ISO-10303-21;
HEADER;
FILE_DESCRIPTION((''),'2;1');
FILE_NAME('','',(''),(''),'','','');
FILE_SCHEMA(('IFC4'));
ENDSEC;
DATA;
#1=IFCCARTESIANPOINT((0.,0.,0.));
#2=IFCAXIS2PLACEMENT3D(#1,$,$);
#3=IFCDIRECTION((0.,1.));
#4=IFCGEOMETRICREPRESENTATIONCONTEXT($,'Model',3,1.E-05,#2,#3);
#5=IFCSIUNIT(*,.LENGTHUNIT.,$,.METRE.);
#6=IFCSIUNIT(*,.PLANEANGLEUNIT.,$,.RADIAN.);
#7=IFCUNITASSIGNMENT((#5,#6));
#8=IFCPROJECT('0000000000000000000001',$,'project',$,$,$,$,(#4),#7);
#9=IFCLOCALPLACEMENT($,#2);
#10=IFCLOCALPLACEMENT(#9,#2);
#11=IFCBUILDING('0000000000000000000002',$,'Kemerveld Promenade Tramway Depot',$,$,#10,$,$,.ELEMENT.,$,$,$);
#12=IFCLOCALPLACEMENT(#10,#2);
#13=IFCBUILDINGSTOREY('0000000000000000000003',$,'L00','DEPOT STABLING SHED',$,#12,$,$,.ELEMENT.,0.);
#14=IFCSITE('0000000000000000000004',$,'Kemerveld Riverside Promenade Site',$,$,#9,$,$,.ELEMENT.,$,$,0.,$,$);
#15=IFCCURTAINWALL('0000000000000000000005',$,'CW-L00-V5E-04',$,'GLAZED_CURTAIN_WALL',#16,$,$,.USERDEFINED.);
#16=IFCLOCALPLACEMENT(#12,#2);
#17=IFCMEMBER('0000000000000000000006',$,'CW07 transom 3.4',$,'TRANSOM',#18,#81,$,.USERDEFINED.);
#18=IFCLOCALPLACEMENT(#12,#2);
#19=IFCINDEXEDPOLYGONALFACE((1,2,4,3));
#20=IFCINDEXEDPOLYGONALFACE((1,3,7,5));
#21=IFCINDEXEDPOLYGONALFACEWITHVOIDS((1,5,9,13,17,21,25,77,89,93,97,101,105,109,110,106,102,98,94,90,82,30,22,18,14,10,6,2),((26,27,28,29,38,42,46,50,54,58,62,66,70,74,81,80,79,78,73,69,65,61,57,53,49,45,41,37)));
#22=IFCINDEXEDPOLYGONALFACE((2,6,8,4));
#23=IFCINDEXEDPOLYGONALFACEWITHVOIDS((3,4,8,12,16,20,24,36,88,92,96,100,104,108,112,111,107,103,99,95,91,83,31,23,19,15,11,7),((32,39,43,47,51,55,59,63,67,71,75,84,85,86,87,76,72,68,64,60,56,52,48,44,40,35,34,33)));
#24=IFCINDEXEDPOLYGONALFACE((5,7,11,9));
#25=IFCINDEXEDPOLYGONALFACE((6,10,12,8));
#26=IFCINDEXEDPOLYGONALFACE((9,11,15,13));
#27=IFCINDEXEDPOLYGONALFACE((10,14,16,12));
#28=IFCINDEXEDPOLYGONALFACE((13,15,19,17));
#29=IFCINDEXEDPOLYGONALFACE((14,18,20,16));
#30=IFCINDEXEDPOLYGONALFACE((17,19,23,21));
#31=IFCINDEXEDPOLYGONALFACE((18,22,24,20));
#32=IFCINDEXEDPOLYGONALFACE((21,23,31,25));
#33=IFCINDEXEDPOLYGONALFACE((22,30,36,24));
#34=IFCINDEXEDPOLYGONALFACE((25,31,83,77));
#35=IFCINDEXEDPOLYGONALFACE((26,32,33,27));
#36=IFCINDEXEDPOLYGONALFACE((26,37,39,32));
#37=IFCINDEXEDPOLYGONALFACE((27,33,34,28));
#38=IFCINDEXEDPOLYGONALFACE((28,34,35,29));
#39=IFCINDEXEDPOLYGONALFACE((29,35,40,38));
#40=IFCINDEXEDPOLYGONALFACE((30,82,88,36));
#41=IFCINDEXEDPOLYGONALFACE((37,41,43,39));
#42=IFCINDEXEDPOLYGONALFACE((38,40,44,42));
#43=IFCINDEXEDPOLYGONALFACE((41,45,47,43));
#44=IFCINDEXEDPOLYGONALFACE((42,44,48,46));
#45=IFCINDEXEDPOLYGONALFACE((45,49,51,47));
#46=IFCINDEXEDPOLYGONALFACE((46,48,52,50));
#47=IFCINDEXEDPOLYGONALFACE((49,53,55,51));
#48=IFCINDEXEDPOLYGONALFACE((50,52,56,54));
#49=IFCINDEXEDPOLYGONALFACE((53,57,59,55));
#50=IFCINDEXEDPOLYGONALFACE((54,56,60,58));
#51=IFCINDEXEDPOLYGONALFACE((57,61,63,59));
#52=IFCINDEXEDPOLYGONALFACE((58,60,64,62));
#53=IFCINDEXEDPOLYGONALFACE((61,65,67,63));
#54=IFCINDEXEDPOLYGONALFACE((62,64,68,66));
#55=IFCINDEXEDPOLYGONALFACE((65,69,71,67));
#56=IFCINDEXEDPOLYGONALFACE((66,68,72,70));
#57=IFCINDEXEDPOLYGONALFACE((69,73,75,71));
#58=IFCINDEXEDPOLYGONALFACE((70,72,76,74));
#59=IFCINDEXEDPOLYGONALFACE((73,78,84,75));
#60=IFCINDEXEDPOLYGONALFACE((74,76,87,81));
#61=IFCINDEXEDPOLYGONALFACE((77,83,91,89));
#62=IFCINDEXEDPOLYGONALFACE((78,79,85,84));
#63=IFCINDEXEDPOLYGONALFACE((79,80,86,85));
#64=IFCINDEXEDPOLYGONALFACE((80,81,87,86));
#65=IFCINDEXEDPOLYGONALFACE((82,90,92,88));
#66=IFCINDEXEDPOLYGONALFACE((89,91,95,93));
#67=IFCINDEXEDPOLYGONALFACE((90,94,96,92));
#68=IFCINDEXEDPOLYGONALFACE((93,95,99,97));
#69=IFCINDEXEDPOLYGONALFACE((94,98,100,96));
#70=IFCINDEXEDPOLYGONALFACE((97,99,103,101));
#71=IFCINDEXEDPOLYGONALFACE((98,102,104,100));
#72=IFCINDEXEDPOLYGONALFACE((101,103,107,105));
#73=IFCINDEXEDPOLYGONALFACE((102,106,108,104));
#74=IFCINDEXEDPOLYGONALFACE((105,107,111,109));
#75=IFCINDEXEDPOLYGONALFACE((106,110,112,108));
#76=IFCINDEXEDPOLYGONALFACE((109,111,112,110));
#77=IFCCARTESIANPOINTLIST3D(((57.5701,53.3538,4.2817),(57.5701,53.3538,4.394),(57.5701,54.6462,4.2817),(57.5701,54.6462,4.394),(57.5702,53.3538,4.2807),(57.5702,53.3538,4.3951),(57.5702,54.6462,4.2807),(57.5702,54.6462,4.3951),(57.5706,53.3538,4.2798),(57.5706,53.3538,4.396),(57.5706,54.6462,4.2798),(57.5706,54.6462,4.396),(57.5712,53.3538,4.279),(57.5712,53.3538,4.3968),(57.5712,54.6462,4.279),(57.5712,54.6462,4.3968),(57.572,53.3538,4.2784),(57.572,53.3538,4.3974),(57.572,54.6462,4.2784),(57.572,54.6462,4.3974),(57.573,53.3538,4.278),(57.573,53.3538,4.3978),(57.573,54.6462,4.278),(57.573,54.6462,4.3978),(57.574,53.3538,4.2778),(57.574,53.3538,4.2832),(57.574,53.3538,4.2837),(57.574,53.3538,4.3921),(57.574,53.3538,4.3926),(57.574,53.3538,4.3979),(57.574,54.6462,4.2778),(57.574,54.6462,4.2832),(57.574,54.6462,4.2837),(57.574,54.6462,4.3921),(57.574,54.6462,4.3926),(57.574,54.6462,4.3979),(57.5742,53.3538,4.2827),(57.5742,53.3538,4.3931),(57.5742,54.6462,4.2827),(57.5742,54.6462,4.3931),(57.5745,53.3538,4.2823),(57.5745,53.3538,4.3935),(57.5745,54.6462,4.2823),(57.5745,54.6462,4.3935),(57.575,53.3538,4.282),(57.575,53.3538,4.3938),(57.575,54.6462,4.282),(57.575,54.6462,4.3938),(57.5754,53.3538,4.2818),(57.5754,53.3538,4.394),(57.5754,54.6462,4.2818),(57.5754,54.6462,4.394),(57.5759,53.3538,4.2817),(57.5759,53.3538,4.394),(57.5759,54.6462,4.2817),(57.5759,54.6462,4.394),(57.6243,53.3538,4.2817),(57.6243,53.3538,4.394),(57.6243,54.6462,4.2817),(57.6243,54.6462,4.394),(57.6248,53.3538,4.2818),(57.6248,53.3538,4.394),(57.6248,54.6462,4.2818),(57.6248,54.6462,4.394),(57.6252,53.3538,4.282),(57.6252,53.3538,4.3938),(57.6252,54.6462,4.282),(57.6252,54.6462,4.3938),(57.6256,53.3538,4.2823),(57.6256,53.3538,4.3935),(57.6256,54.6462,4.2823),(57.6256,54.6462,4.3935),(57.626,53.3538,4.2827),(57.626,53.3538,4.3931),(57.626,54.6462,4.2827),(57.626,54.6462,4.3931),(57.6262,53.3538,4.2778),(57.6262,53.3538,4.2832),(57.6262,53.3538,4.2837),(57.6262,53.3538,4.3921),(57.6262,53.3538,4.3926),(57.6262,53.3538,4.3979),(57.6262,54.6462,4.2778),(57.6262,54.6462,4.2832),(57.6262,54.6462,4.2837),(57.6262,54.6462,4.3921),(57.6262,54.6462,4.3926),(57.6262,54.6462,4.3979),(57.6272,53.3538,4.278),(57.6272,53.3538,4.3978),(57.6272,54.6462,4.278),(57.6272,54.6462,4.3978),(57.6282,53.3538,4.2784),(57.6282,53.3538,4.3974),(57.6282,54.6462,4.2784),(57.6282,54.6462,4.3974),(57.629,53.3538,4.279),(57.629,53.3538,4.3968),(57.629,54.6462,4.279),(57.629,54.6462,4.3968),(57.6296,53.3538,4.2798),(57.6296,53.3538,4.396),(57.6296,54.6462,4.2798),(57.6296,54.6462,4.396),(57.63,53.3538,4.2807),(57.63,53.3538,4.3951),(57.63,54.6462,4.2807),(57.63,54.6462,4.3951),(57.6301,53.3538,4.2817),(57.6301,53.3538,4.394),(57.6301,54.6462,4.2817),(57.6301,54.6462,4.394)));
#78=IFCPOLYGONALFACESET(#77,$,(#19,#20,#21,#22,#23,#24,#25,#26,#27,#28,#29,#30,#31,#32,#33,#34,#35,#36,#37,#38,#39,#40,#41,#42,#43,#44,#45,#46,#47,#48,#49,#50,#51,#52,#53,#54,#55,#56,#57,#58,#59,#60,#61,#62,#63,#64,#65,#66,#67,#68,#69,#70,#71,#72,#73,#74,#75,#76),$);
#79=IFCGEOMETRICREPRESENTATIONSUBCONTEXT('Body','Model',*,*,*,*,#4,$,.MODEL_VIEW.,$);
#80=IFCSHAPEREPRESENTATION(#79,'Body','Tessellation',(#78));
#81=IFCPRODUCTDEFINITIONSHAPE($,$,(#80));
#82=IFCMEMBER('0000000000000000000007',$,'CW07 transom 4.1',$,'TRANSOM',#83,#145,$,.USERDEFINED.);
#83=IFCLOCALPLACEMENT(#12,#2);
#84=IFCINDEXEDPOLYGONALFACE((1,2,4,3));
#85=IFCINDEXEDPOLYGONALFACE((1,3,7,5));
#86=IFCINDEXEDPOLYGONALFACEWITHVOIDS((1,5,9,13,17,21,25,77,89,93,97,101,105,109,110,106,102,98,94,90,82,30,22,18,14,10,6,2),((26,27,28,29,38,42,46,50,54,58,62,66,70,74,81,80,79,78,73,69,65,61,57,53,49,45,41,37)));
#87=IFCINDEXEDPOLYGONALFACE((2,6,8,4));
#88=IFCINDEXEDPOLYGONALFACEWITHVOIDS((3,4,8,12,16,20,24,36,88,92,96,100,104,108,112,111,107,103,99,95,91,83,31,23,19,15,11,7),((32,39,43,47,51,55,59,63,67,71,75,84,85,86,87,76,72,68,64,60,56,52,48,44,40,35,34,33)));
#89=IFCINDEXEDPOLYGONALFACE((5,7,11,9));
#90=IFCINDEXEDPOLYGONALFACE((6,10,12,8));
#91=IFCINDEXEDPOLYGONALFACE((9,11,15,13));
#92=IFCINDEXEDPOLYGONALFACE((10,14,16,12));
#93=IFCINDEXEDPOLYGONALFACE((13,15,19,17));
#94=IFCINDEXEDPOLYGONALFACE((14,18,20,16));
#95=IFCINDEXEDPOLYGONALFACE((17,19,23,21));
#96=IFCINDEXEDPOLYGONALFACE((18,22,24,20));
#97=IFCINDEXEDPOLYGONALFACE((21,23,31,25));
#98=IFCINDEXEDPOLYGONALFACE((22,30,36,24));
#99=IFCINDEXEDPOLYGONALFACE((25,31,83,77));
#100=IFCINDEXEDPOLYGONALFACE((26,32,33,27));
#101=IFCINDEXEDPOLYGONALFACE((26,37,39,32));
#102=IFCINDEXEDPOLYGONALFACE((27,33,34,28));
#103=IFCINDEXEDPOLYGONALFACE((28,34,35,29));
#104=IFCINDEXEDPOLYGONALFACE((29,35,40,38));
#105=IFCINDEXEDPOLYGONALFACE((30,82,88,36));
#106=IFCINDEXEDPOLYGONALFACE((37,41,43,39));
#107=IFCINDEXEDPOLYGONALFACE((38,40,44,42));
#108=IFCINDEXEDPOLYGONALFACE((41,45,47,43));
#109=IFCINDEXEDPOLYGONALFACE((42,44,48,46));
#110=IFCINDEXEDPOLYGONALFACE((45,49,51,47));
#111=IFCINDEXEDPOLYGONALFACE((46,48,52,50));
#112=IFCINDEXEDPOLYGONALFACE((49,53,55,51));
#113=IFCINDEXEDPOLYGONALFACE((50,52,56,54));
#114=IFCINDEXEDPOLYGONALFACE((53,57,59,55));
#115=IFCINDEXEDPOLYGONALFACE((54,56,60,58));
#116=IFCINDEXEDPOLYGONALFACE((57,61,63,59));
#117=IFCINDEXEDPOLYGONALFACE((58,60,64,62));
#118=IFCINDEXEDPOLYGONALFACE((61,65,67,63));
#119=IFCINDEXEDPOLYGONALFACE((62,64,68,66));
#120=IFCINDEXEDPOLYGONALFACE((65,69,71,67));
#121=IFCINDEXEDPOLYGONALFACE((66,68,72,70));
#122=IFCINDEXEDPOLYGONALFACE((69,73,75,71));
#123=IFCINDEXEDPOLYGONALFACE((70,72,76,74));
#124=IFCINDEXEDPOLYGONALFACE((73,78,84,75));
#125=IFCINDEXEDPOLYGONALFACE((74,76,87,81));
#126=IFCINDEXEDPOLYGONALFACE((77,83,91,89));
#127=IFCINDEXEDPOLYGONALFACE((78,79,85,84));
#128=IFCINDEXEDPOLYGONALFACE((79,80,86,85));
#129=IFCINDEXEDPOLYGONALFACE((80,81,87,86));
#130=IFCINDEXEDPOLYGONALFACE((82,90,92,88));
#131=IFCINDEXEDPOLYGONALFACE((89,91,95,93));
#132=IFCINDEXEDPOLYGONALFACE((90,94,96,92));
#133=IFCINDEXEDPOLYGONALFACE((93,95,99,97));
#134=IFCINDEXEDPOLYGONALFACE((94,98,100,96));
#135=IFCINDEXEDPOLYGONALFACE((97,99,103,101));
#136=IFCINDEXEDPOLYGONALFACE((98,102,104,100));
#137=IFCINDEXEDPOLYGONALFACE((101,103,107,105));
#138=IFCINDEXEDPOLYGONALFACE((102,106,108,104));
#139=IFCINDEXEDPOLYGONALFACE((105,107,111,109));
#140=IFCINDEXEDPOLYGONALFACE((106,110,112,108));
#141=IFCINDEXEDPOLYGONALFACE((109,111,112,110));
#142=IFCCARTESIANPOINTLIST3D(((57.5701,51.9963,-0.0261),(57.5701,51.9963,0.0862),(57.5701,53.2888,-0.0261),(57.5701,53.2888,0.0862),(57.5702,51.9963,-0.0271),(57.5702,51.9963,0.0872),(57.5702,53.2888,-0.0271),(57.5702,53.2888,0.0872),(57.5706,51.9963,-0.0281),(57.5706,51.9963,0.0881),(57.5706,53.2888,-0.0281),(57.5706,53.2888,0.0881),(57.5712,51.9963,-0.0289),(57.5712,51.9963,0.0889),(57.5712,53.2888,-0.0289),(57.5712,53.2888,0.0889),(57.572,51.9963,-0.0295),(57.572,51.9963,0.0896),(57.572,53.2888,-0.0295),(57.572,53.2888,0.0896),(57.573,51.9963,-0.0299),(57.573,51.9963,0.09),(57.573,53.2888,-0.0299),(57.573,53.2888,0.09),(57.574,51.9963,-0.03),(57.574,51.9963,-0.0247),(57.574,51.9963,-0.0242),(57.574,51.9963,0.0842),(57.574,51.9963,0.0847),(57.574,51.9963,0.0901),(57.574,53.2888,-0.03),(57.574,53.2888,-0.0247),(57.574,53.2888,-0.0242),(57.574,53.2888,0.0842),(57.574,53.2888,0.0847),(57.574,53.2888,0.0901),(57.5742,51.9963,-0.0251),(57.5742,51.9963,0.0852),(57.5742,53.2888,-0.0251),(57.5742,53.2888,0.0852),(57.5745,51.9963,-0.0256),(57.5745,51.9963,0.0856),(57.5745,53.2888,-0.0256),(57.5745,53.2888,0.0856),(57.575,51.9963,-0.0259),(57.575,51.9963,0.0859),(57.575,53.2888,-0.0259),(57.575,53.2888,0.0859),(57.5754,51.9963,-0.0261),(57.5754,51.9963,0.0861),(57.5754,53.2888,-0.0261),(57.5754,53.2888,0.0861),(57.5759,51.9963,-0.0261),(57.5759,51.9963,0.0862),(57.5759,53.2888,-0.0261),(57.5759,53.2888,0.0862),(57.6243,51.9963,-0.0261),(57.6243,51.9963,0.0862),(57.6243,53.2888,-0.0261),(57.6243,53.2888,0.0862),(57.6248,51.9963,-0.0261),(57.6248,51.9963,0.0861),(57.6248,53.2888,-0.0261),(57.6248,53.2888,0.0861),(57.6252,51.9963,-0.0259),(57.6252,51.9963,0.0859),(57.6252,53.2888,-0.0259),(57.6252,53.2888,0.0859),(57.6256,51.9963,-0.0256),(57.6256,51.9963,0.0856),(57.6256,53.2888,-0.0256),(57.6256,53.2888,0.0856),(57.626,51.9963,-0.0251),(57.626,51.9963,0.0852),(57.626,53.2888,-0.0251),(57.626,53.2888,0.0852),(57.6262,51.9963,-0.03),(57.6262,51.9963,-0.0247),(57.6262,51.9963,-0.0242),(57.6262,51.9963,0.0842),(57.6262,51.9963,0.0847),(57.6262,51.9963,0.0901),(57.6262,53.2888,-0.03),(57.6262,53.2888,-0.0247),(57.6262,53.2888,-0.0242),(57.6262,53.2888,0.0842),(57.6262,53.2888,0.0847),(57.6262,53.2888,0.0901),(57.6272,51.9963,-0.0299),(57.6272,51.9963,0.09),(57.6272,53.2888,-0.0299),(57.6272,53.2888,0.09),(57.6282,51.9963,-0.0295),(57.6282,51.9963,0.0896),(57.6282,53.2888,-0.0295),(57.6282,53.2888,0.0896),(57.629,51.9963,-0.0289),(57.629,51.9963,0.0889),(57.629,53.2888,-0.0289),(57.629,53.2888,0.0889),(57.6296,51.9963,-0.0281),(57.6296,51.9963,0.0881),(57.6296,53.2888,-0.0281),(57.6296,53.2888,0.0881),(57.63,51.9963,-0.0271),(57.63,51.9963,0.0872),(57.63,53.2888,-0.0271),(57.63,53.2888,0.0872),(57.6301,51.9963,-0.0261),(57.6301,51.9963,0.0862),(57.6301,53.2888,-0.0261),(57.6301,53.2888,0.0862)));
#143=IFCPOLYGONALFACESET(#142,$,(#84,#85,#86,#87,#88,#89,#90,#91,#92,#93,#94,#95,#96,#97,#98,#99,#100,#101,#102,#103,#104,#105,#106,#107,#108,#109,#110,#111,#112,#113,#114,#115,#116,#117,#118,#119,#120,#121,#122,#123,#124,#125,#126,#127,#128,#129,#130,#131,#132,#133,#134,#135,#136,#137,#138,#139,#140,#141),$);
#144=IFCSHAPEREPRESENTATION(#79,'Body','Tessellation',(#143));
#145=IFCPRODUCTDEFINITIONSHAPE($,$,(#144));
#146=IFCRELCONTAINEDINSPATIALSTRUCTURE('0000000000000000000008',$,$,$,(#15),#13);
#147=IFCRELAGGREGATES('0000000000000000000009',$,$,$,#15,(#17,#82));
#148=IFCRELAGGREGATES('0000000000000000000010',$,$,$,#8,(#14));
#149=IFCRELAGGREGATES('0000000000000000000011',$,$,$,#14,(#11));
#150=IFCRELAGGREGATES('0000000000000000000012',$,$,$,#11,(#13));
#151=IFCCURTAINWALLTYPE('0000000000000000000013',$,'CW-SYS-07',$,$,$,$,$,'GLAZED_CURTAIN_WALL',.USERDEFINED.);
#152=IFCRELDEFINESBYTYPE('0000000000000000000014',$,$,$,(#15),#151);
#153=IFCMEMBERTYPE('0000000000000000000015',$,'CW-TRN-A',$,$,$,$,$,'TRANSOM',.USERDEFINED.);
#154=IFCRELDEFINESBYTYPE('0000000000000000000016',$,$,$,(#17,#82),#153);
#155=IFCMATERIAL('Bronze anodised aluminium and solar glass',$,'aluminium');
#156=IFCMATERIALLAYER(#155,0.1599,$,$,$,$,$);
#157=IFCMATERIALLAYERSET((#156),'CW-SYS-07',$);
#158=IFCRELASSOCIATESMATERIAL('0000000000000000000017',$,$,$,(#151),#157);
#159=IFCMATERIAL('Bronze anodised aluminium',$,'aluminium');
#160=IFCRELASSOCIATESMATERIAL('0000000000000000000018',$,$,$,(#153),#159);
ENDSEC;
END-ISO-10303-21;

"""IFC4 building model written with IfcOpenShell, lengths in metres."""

from ifc_helpers import new_model, si_unit, direction, frame, origin, origin_2d, place, context, subcontext, project, spatial, hollow_rectangle, extrude, material, layer, layer_set, material_profile, profile_set, type_object, element, aggregate, save


model = new_model("IFC4")

# Units and contexts
model_context = context("Model", 3, precision=1e-05, world=origin(), true_north=direction((0.0, 1.0)))
body_context = subcontext(model_context, "Body", "Model", "MODEL_VIEW")
ifc_project = project(units=[si_unit("LENGTHUNIT", "METRE"), si_unit("PLANEANGLEUNIT", "RADIAN")], contexts=[model_context])

# Site, building, storey
site_placement = place(None, origin())
site = spatial("IfcSite", under=ifc_project, at=site_placement, Name="Kemerveld Riverside Promenade Site", CompositionType="ELEMENT", RefElevation=0.0)
building_placement = place(site_placement, origin())
building = spatial("IfcBuilding", under=site, at=building_placement, Name="Kemerveld Promenade Tramway Depot", CompositionType="ELEMENT")
storey_placement = place(building_placement, origin())
storey = spatial("IfcBuildingStorey", under=building, at=storey_placement, Name="L00", Description="DEPOT STABLING SHED", CompositionType="ELEMENT", Elevation=0.0)

# Curtain wall
ifc_material_1 = material(Name="Bronze anodised aluminium and solar glass", Category="aluminium")
ifc_layer_1 = layer(ifc_material_1, 0.1599)
ifc_layer_set_1 = layer_set([ifc_layer_1], Name="CW-SYS-07")
curtain_wall_type_1 = type_object("IfcCurtainWallType", Name="CW-SYS-07", ElementType="GLAZED_CURTAIN_WALL", PredefinedType="USERDEFINED", material=ifc_layer_set_1)
curtain_wall_1_placement = place(storey_placement, origin())
curtain_wall_1 = element("IfcCurtainWall", 1, at=curtain_wall_1_placement, inside=storey, type_object=curtain_wall_type_1, Name="CW-L00-V5E-04", ObjectType="GLAZED_CURTAIN_WALL", PredefinedType="USERDEFINED")
ifc_material_2 = material(Name="Bronze anodised aluminium", Category="aluminium")

# Members
ifc_material_profile_1 = material_profile(ifc_material_2, hollow_rectangle(XDim=0.0601, YDim=0.1201, WallThickness=0.0039, InnerFilletRadius=0.002, OuterFilletRadius=0.0039, at=origin_2d()), Name="CW-TRN-120x60")
ifc_profile_set_1 = profile_set([ifc_material_profile_1], Name="Bronze anodised aluminium")
member_type_1 = type_object("IfcMemberType", Name="CW-TRN-A", ElementType="TRANSOM", PredefinedType="USERDEFINED", material=ifc_profile_set_1)
member_1_placement = place(storey_placement, frame((57.6001, 54.6462, 4.3379), z_axis=(0.0, -1.0, 0.0), x_axis=(1.0, 0.0, 0.0)))
member_1 = element("IfcMember", 2, at=member_1_placement, type_object=member_type_1, Name="CW07 transom 3.4", ObjectType="TRANSOM", PredefinedType="USERDEFINED", context=body_context, shape_type="SweptSolid", body=[
    extrude(hollow_rectangle(XDim=0.0601, YDim=0.1201, WallThickness=0.0039, InnerFilletRadius=0.002, OuterFilletRadius=0.0039, at=origin_2d()), origin(), (0.0, 0.0, 1.0), 1.2925),
])
member_2_placement = place(storey_placement, frame((57.6001, 53.2888, 0.03), z_axis=(0.0, -1.0, 0.0), x_axis=(1.0, 0.0, 0.0)))
member_2 = element("IfcMember", 3, at=member_2_placement, type_object=member_type_1, Name="CW07 transom 4.1", ObjectType="TRANSOM", PredefinedType="USERDEFINED", context=body_context, shape_type="SweptSolid", body=[
    extrude(hollow_rectangle(XDim=0.0601, YDim=0.1201, WallThickness=0.0039, InnerFilletRadius=0.002, OuterFilletRadius=0.0039, at=origin_2d()), origin(), (0.0, 0.0, 1.0), 1.2925),
])

aggregate(curtain_wall_1, [member_1, member_2])

save(model, "model.ifc")
